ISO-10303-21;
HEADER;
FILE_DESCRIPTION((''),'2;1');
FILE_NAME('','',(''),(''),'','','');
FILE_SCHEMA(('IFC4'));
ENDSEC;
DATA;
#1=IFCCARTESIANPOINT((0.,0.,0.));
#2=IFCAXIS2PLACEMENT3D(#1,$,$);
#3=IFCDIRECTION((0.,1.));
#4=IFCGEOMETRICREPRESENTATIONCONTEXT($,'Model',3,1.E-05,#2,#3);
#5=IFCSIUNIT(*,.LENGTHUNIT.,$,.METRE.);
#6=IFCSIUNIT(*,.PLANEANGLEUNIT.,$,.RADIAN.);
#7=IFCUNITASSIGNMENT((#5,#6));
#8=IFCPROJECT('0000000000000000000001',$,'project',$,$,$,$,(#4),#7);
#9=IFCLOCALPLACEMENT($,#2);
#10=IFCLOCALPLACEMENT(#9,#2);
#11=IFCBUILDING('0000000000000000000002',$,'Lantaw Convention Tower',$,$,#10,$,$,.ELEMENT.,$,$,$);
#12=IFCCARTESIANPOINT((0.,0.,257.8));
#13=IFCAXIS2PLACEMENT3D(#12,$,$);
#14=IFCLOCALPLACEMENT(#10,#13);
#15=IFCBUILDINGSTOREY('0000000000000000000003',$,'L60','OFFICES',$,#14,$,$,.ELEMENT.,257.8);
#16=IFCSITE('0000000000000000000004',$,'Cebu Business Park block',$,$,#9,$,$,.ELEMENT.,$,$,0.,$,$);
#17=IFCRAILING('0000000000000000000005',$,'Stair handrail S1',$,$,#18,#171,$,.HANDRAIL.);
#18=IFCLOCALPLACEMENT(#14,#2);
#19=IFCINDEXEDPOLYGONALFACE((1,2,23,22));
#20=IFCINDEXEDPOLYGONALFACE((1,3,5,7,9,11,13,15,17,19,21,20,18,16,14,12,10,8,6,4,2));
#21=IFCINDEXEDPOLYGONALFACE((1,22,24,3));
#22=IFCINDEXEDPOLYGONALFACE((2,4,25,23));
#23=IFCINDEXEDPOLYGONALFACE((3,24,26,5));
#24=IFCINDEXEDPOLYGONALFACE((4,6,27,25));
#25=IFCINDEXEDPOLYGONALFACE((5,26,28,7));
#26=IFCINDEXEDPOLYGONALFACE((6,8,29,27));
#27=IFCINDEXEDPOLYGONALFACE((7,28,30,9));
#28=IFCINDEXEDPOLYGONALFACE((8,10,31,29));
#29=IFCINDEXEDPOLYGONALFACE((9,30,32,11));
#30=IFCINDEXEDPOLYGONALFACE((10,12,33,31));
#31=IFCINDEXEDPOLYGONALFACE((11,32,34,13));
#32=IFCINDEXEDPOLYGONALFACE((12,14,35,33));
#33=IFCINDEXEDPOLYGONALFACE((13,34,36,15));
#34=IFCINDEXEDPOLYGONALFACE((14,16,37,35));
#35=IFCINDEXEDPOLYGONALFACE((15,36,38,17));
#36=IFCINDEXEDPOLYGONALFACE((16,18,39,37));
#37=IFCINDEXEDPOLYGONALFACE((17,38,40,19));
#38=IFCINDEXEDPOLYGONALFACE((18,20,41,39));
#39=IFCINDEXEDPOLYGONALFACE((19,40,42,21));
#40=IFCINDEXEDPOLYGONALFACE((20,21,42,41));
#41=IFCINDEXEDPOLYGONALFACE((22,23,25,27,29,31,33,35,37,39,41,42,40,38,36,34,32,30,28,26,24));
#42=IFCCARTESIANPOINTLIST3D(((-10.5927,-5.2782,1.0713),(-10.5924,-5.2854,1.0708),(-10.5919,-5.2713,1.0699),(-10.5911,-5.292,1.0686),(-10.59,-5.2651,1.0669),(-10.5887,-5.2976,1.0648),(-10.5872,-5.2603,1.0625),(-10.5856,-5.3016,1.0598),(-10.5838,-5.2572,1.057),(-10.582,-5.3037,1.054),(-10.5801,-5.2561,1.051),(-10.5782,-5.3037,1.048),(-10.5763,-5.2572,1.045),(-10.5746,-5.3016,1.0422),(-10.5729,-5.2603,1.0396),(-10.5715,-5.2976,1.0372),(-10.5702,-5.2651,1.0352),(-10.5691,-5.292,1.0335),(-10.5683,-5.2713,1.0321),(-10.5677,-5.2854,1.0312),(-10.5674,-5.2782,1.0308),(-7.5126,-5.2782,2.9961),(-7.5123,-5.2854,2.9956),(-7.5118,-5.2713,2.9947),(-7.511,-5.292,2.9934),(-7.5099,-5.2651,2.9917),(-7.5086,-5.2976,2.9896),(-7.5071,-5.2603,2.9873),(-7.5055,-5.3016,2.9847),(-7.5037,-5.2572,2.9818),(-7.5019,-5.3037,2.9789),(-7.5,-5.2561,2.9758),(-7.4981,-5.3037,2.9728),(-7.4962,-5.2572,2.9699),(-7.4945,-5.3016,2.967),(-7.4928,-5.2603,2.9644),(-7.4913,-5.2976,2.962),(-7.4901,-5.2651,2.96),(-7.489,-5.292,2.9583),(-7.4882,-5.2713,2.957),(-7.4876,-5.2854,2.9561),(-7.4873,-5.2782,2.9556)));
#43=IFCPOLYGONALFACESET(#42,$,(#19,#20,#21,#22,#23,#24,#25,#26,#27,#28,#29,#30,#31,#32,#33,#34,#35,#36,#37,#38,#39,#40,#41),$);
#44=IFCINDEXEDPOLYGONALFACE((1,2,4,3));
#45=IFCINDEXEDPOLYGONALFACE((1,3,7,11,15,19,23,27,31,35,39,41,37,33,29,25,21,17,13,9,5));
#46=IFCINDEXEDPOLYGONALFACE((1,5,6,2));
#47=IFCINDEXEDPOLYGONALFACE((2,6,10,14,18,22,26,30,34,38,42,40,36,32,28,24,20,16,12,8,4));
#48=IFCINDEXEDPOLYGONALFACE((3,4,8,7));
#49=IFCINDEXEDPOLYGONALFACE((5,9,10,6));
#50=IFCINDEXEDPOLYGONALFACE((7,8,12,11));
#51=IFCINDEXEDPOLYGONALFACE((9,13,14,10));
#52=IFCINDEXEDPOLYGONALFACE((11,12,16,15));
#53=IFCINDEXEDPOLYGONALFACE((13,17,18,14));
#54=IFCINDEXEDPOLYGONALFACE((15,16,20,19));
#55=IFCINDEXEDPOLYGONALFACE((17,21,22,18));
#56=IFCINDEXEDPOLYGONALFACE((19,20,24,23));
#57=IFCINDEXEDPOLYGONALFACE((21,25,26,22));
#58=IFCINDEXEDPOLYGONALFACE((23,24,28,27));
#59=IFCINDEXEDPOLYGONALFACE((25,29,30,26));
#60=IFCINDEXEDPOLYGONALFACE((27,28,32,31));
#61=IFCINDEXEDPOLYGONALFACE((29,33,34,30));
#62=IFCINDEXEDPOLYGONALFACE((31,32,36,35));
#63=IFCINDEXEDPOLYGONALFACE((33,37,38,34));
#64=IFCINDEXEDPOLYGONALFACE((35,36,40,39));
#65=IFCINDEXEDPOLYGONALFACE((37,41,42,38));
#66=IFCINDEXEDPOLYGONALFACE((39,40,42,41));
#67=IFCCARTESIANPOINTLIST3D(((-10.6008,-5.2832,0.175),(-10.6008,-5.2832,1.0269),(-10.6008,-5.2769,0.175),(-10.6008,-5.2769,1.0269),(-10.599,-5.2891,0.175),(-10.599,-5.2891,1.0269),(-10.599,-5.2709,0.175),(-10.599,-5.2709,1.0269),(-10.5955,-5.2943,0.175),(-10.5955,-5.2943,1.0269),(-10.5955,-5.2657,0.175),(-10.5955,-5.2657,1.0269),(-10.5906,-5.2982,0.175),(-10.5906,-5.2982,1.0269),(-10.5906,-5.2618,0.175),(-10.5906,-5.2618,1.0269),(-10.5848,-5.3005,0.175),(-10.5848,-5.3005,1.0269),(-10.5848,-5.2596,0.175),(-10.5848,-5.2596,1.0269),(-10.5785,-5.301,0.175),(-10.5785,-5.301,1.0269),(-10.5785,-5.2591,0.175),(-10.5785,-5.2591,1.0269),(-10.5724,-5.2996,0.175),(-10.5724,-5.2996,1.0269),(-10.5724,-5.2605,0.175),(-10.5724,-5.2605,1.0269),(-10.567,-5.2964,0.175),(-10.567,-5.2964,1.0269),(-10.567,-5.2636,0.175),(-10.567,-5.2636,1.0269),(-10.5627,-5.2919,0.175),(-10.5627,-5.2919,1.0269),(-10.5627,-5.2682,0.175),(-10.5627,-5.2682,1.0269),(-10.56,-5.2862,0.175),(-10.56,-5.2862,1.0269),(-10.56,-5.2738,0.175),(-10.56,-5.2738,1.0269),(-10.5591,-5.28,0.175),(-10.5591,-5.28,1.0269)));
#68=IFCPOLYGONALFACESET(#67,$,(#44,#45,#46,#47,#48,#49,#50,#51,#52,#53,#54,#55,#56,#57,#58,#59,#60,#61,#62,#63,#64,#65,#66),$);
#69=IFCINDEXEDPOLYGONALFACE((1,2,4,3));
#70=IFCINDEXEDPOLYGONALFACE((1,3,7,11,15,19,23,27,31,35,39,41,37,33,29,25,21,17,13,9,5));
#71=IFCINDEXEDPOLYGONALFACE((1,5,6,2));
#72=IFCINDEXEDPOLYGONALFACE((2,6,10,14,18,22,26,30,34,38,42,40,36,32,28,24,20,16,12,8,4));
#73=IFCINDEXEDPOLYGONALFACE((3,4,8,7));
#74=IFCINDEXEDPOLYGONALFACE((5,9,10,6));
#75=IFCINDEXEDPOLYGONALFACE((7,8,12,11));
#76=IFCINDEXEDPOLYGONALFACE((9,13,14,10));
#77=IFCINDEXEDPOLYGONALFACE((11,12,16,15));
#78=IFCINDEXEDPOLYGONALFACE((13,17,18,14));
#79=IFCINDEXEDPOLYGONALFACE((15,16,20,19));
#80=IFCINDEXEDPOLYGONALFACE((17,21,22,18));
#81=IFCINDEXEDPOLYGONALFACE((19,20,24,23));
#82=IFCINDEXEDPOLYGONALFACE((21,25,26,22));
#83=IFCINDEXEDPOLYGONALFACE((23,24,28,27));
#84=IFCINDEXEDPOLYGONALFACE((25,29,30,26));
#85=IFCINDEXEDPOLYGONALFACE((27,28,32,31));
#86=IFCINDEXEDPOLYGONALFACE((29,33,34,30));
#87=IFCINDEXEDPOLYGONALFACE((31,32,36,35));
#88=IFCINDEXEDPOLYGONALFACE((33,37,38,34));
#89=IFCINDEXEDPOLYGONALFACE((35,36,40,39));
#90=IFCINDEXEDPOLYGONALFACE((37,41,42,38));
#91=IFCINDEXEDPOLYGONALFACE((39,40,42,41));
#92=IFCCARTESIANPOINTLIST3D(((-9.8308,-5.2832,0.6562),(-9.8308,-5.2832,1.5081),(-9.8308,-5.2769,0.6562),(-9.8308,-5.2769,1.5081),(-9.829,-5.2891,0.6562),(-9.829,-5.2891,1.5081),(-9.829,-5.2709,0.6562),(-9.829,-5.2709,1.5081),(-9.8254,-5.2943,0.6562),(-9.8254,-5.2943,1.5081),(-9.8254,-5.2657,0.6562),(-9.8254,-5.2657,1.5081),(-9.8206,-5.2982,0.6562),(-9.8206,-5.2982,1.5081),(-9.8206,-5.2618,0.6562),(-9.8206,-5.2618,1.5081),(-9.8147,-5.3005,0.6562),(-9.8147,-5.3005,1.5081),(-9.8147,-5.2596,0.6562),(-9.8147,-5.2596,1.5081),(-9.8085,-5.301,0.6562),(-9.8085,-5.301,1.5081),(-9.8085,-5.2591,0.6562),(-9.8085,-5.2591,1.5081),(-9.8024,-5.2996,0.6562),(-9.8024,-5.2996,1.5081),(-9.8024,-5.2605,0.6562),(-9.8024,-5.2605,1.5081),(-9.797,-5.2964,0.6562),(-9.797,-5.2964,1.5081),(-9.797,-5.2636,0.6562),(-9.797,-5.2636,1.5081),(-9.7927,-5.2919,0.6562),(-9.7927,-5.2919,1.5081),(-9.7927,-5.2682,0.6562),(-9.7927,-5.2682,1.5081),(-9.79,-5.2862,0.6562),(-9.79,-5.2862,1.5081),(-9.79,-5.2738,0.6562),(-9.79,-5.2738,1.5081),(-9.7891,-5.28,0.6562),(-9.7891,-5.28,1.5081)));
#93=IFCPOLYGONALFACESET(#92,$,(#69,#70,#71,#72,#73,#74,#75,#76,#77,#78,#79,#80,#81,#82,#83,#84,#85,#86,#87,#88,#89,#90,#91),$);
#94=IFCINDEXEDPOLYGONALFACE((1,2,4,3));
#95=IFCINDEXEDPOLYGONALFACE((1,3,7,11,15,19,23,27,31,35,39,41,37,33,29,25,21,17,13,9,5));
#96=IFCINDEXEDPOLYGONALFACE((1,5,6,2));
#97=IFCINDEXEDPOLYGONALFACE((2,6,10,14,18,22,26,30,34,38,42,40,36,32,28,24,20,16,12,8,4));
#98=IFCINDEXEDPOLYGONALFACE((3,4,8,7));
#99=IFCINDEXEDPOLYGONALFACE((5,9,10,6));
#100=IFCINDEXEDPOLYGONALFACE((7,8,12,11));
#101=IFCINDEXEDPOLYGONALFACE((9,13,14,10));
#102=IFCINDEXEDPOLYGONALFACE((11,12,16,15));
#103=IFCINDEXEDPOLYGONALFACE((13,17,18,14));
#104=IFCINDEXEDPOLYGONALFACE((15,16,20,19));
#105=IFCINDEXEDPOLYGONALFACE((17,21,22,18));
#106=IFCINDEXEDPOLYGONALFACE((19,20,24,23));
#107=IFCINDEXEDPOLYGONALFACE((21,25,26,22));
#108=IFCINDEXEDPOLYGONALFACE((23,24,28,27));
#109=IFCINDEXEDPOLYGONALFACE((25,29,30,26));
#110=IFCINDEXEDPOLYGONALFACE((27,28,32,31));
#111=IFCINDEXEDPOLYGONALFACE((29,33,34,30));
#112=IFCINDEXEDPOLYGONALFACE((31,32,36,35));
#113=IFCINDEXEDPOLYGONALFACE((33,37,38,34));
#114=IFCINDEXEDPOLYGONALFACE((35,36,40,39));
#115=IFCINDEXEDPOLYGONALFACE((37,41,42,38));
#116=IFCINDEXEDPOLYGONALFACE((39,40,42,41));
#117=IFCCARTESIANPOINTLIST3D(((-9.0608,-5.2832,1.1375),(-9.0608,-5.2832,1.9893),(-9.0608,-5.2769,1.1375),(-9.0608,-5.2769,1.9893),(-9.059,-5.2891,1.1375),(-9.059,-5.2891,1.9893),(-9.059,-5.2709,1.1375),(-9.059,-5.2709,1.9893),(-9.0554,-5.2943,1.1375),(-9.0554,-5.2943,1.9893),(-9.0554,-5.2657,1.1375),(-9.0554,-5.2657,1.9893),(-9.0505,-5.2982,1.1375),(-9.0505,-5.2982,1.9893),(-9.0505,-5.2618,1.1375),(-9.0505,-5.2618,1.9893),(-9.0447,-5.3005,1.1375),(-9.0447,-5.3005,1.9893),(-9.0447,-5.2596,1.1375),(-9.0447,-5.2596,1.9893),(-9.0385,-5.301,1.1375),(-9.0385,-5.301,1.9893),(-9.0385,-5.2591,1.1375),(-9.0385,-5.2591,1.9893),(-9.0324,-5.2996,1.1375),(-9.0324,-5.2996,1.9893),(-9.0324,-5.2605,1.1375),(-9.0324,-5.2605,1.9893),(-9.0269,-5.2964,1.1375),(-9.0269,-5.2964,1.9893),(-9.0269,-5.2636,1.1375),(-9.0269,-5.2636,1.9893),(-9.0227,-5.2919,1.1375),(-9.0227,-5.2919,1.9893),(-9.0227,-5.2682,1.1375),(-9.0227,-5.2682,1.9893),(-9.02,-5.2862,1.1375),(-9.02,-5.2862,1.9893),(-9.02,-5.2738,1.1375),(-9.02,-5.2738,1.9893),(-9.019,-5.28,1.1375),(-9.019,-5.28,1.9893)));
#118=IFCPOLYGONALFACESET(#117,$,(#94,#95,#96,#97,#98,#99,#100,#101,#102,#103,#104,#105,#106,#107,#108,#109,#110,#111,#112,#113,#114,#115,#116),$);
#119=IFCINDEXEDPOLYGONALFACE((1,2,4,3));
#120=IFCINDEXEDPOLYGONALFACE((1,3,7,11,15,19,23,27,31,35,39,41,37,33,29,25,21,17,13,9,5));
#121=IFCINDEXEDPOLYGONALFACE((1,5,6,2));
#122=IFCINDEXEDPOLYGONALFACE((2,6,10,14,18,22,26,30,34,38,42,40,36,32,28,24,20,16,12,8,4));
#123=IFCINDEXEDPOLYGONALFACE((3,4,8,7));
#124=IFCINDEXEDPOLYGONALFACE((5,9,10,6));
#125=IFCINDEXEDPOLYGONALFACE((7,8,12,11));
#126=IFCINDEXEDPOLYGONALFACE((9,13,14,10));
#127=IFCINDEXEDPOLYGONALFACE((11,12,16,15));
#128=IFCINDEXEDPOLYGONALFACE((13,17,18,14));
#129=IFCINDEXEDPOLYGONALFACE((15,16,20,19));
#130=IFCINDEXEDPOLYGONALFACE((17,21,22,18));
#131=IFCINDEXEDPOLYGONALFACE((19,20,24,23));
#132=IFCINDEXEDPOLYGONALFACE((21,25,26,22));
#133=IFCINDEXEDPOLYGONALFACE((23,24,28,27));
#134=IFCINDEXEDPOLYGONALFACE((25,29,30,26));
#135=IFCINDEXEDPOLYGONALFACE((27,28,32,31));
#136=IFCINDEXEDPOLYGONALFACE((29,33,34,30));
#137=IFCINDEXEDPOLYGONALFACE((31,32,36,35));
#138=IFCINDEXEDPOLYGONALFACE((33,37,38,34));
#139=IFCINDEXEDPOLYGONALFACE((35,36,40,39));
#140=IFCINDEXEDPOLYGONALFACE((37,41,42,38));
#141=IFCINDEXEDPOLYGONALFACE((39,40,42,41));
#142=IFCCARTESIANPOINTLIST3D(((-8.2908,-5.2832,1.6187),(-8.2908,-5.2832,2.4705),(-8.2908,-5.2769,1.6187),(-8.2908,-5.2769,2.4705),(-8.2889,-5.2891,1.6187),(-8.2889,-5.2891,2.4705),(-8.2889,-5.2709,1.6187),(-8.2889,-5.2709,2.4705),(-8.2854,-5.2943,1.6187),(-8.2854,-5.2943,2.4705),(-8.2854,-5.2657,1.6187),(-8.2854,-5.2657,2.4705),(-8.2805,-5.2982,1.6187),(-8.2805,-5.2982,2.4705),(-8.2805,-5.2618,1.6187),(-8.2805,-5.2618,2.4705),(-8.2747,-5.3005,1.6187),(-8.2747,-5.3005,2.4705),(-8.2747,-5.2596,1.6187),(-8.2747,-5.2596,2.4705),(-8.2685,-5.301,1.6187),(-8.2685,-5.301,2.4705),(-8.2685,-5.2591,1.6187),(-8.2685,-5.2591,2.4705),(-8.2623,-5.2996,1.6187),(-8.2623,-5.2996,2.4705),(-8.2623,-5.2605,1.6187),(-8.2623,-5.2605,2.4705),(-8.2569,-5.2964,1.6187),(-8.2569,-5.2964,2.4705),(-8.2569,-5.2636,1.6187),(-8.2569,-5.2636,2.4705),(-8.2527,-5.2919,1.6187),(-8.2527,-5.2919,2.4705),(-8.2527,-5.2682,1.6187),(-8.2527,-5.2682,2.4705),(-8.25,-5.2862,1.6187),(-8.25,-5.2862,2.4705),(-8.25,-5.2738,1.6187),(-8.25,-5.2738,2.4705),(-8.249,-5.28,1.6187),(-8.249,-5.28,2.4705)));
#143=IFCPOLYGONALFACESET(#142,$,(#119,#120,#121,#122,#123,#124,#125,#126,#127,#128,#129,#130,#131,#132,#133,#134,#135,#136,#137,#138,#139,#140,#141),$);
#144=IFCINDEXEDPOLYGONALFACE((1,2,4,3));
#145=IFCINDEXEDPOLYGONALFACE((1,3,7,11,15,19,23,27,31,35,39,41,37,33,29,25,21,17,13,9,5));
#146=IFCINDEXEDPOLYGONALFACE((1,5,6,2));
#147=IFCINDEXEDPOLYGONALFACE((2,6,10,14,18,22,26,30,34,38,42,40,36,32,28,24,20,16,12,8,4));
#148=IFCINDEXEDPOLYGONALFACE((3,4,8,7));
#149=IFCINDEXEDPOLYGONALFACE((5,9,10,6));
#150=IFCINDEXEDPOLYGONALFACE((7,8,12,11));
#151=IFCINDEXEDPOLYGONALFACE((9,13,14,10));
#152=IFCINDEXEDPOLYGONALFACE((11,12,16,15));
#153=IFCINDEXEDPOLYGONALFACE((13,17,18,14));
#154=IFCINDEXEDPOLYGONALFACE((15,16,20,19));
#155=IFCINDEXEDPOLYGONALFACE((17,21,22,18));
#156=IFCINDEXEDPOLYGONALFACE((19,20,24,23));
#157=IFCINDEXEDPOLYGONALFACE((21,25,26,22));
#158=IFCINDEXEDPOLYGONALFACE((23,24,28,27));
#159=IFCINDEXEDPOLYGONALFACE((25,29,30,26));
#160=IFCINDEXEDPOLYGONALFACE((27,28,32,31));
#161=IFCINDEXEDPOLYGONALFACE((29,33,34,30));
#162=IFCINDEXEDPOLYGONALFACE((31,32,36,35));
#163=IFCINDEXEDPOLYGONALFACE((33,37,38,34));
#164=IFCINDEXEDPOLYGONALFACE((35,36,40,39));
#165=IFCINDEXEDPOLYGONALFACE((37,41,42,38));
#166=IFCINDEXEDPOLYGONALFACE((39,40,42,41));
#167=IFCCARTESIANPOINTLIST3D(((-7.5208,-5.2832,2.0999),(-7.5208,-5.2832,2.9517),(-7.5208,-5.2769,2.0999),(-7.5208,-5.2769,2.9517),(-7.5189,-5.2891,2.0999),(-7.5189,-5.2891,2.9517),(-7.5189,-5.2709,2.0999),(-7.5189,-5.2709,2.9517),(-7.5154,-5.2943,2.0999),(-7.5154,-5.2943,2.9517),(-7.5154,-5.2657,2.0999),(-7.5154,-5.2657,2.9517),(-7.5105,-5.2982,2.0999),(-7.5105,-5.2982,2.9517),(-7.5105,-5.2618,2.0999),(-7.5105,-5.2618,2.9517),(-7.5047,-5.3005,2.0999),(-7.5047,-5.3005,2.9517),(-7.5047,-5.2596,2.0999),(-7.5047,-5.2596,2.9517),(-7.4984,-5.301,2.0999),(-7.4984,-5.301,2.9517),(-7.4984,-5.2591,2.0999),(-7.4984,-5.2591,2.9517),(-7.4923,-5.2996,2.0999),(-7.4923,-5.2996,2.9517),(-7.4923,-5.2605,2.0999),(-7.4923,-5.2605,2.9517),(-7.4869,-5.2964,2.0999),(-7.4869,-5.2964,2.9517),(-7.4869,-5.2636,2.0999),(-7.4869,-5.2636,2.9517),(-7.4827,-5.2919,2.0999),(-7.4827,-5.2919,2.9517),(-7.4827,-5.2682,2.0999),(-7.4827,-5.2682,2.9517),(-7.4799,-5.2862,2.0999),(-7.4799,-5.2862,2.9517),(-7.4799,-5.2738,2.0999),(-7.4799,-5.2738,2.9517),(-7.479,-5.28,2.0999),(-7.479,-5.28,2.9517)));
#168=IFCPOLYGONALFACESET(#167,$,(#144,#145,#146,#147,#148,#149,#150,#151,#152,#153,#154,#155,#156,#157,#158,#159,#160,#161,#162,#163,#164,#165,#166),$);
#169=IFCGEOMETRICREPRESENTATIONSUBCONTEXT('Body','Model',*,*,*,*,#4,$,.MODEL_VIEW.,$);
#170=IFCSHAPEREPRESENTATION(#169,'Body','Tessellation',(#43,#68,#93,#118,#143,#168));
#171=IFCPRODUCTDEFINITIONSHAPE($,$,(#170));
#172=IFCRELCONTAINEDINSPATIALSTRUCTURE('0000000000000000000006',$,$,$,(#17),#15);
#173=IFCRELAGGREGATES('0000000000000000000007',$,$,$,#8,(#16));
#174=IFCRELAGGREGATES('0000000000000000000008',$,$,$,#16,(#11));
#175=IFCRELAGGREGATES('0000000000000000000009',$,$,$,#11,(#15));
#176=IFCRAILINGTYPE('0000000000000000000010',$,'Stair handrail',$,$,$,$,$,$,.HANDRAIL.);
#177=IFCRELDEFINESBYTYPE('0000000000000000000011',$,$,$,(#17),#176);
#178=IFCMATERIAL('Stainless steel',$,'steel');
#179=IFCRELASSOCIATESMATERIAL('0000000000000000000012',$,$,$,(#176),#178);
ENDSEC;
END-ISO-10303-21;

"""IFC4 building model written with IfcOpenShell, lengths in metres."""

from ifc_helpers import new_model, si_unit, direction, frame, origin, origin_2d, place, context, subcontext, project, spatial, circle, extrude, material, type_object, element, save


model = new_model("IFC4")

# Units and contexts
model_context = context("Model", 3, precision=1e-05, world=origin(), true_north=direction((0.0, 1.0)))
body_context = subcontext(model_context, "Body", "Model", "MODEL_VIEW")
ifc_project = project(units=[si_unit("LENGTHUNIT", "METRE"), si_unit("PLANEANGLEUNIT", "RADIAN")], contexts=[model_context])

# Site, building, storey
site_placement = place(None, origin())
site = spatial("IfcSite", under=ifc_project, at=site_placement, Name="Cebu Business Park block", CompositionType="ELEMENT", RefElevation=0.0)
building_placement = place(site_placement, origin())
building = spatial("IfcBuilding", under=site, at=building_placement, Name="Lantaw Convention Tower", CompositionType="ELEMENT")
storey_placement = place(building_placement, frame((0.0, 0.0, 257.8)))
storey = spatial("IfcBuildingStorey", under=building, at=storey_placement, Name="L60", Description="OFFICES", CompositionType="ELEMENT", Elevation=257.8)

# Shared definitions
ifc_material_1 = material(Name="Stainless steel", Category="steel")

# Railing
railing_type = type_object("IfcRailingType", Name="Stair handrail", PredefinedType="HANDRAIL", material=ifc_material_1)
railing_1_placement = place(storey_placement, frame((-10.5801, -5.28, 0.175)))
element("IfcRailing", 1, at=railing_1_placement, inside=storey, type_object=railing_type, Name="Stair handrail S1", PredefinedType="HANDRAIL", context=body_context, shape_type="SweptSolid", body=[
    extrude(circle(Radius=0.0239, at=origin_2d()), frame((0.0, 0.0, 0.876), z_axis=(0.848029, 0.0, 0.529951), x_axis=(0.0, 1.0, 0.0)), (0.0, 0.0, 1.0), 3.6321),
    extrude(circle(Radius=0.021, at=origin_2d()), origin(), (0.0, 0.0, 1.0), 0.8518),
    extrude(circle(Radius=0.021, at=origin_2d()), frame((0.77, 0.0, 0.4812)), (0.0, 0.0, 1.0), 0.8518),
    extrude(circle(Radius=0.021, at=origin_2d()), frame((1.54, 0.0, 0.9624)), (0.0, 0.0, 1.0), 0.8518),
    extrude(circle(Radius=0.021, at=origin_2d()), frame((2.3101, 0.0, 1.4436)), (0.0, 0.0, 1.0), 0.8518),
    extrude(circle(Radius=0.021, at=origin_2d()), frame((3.0801, 0.0, 1.9248)), (0.0, 0.0, 1.0), 0.8518),
])

save(model, "model.ifc")
